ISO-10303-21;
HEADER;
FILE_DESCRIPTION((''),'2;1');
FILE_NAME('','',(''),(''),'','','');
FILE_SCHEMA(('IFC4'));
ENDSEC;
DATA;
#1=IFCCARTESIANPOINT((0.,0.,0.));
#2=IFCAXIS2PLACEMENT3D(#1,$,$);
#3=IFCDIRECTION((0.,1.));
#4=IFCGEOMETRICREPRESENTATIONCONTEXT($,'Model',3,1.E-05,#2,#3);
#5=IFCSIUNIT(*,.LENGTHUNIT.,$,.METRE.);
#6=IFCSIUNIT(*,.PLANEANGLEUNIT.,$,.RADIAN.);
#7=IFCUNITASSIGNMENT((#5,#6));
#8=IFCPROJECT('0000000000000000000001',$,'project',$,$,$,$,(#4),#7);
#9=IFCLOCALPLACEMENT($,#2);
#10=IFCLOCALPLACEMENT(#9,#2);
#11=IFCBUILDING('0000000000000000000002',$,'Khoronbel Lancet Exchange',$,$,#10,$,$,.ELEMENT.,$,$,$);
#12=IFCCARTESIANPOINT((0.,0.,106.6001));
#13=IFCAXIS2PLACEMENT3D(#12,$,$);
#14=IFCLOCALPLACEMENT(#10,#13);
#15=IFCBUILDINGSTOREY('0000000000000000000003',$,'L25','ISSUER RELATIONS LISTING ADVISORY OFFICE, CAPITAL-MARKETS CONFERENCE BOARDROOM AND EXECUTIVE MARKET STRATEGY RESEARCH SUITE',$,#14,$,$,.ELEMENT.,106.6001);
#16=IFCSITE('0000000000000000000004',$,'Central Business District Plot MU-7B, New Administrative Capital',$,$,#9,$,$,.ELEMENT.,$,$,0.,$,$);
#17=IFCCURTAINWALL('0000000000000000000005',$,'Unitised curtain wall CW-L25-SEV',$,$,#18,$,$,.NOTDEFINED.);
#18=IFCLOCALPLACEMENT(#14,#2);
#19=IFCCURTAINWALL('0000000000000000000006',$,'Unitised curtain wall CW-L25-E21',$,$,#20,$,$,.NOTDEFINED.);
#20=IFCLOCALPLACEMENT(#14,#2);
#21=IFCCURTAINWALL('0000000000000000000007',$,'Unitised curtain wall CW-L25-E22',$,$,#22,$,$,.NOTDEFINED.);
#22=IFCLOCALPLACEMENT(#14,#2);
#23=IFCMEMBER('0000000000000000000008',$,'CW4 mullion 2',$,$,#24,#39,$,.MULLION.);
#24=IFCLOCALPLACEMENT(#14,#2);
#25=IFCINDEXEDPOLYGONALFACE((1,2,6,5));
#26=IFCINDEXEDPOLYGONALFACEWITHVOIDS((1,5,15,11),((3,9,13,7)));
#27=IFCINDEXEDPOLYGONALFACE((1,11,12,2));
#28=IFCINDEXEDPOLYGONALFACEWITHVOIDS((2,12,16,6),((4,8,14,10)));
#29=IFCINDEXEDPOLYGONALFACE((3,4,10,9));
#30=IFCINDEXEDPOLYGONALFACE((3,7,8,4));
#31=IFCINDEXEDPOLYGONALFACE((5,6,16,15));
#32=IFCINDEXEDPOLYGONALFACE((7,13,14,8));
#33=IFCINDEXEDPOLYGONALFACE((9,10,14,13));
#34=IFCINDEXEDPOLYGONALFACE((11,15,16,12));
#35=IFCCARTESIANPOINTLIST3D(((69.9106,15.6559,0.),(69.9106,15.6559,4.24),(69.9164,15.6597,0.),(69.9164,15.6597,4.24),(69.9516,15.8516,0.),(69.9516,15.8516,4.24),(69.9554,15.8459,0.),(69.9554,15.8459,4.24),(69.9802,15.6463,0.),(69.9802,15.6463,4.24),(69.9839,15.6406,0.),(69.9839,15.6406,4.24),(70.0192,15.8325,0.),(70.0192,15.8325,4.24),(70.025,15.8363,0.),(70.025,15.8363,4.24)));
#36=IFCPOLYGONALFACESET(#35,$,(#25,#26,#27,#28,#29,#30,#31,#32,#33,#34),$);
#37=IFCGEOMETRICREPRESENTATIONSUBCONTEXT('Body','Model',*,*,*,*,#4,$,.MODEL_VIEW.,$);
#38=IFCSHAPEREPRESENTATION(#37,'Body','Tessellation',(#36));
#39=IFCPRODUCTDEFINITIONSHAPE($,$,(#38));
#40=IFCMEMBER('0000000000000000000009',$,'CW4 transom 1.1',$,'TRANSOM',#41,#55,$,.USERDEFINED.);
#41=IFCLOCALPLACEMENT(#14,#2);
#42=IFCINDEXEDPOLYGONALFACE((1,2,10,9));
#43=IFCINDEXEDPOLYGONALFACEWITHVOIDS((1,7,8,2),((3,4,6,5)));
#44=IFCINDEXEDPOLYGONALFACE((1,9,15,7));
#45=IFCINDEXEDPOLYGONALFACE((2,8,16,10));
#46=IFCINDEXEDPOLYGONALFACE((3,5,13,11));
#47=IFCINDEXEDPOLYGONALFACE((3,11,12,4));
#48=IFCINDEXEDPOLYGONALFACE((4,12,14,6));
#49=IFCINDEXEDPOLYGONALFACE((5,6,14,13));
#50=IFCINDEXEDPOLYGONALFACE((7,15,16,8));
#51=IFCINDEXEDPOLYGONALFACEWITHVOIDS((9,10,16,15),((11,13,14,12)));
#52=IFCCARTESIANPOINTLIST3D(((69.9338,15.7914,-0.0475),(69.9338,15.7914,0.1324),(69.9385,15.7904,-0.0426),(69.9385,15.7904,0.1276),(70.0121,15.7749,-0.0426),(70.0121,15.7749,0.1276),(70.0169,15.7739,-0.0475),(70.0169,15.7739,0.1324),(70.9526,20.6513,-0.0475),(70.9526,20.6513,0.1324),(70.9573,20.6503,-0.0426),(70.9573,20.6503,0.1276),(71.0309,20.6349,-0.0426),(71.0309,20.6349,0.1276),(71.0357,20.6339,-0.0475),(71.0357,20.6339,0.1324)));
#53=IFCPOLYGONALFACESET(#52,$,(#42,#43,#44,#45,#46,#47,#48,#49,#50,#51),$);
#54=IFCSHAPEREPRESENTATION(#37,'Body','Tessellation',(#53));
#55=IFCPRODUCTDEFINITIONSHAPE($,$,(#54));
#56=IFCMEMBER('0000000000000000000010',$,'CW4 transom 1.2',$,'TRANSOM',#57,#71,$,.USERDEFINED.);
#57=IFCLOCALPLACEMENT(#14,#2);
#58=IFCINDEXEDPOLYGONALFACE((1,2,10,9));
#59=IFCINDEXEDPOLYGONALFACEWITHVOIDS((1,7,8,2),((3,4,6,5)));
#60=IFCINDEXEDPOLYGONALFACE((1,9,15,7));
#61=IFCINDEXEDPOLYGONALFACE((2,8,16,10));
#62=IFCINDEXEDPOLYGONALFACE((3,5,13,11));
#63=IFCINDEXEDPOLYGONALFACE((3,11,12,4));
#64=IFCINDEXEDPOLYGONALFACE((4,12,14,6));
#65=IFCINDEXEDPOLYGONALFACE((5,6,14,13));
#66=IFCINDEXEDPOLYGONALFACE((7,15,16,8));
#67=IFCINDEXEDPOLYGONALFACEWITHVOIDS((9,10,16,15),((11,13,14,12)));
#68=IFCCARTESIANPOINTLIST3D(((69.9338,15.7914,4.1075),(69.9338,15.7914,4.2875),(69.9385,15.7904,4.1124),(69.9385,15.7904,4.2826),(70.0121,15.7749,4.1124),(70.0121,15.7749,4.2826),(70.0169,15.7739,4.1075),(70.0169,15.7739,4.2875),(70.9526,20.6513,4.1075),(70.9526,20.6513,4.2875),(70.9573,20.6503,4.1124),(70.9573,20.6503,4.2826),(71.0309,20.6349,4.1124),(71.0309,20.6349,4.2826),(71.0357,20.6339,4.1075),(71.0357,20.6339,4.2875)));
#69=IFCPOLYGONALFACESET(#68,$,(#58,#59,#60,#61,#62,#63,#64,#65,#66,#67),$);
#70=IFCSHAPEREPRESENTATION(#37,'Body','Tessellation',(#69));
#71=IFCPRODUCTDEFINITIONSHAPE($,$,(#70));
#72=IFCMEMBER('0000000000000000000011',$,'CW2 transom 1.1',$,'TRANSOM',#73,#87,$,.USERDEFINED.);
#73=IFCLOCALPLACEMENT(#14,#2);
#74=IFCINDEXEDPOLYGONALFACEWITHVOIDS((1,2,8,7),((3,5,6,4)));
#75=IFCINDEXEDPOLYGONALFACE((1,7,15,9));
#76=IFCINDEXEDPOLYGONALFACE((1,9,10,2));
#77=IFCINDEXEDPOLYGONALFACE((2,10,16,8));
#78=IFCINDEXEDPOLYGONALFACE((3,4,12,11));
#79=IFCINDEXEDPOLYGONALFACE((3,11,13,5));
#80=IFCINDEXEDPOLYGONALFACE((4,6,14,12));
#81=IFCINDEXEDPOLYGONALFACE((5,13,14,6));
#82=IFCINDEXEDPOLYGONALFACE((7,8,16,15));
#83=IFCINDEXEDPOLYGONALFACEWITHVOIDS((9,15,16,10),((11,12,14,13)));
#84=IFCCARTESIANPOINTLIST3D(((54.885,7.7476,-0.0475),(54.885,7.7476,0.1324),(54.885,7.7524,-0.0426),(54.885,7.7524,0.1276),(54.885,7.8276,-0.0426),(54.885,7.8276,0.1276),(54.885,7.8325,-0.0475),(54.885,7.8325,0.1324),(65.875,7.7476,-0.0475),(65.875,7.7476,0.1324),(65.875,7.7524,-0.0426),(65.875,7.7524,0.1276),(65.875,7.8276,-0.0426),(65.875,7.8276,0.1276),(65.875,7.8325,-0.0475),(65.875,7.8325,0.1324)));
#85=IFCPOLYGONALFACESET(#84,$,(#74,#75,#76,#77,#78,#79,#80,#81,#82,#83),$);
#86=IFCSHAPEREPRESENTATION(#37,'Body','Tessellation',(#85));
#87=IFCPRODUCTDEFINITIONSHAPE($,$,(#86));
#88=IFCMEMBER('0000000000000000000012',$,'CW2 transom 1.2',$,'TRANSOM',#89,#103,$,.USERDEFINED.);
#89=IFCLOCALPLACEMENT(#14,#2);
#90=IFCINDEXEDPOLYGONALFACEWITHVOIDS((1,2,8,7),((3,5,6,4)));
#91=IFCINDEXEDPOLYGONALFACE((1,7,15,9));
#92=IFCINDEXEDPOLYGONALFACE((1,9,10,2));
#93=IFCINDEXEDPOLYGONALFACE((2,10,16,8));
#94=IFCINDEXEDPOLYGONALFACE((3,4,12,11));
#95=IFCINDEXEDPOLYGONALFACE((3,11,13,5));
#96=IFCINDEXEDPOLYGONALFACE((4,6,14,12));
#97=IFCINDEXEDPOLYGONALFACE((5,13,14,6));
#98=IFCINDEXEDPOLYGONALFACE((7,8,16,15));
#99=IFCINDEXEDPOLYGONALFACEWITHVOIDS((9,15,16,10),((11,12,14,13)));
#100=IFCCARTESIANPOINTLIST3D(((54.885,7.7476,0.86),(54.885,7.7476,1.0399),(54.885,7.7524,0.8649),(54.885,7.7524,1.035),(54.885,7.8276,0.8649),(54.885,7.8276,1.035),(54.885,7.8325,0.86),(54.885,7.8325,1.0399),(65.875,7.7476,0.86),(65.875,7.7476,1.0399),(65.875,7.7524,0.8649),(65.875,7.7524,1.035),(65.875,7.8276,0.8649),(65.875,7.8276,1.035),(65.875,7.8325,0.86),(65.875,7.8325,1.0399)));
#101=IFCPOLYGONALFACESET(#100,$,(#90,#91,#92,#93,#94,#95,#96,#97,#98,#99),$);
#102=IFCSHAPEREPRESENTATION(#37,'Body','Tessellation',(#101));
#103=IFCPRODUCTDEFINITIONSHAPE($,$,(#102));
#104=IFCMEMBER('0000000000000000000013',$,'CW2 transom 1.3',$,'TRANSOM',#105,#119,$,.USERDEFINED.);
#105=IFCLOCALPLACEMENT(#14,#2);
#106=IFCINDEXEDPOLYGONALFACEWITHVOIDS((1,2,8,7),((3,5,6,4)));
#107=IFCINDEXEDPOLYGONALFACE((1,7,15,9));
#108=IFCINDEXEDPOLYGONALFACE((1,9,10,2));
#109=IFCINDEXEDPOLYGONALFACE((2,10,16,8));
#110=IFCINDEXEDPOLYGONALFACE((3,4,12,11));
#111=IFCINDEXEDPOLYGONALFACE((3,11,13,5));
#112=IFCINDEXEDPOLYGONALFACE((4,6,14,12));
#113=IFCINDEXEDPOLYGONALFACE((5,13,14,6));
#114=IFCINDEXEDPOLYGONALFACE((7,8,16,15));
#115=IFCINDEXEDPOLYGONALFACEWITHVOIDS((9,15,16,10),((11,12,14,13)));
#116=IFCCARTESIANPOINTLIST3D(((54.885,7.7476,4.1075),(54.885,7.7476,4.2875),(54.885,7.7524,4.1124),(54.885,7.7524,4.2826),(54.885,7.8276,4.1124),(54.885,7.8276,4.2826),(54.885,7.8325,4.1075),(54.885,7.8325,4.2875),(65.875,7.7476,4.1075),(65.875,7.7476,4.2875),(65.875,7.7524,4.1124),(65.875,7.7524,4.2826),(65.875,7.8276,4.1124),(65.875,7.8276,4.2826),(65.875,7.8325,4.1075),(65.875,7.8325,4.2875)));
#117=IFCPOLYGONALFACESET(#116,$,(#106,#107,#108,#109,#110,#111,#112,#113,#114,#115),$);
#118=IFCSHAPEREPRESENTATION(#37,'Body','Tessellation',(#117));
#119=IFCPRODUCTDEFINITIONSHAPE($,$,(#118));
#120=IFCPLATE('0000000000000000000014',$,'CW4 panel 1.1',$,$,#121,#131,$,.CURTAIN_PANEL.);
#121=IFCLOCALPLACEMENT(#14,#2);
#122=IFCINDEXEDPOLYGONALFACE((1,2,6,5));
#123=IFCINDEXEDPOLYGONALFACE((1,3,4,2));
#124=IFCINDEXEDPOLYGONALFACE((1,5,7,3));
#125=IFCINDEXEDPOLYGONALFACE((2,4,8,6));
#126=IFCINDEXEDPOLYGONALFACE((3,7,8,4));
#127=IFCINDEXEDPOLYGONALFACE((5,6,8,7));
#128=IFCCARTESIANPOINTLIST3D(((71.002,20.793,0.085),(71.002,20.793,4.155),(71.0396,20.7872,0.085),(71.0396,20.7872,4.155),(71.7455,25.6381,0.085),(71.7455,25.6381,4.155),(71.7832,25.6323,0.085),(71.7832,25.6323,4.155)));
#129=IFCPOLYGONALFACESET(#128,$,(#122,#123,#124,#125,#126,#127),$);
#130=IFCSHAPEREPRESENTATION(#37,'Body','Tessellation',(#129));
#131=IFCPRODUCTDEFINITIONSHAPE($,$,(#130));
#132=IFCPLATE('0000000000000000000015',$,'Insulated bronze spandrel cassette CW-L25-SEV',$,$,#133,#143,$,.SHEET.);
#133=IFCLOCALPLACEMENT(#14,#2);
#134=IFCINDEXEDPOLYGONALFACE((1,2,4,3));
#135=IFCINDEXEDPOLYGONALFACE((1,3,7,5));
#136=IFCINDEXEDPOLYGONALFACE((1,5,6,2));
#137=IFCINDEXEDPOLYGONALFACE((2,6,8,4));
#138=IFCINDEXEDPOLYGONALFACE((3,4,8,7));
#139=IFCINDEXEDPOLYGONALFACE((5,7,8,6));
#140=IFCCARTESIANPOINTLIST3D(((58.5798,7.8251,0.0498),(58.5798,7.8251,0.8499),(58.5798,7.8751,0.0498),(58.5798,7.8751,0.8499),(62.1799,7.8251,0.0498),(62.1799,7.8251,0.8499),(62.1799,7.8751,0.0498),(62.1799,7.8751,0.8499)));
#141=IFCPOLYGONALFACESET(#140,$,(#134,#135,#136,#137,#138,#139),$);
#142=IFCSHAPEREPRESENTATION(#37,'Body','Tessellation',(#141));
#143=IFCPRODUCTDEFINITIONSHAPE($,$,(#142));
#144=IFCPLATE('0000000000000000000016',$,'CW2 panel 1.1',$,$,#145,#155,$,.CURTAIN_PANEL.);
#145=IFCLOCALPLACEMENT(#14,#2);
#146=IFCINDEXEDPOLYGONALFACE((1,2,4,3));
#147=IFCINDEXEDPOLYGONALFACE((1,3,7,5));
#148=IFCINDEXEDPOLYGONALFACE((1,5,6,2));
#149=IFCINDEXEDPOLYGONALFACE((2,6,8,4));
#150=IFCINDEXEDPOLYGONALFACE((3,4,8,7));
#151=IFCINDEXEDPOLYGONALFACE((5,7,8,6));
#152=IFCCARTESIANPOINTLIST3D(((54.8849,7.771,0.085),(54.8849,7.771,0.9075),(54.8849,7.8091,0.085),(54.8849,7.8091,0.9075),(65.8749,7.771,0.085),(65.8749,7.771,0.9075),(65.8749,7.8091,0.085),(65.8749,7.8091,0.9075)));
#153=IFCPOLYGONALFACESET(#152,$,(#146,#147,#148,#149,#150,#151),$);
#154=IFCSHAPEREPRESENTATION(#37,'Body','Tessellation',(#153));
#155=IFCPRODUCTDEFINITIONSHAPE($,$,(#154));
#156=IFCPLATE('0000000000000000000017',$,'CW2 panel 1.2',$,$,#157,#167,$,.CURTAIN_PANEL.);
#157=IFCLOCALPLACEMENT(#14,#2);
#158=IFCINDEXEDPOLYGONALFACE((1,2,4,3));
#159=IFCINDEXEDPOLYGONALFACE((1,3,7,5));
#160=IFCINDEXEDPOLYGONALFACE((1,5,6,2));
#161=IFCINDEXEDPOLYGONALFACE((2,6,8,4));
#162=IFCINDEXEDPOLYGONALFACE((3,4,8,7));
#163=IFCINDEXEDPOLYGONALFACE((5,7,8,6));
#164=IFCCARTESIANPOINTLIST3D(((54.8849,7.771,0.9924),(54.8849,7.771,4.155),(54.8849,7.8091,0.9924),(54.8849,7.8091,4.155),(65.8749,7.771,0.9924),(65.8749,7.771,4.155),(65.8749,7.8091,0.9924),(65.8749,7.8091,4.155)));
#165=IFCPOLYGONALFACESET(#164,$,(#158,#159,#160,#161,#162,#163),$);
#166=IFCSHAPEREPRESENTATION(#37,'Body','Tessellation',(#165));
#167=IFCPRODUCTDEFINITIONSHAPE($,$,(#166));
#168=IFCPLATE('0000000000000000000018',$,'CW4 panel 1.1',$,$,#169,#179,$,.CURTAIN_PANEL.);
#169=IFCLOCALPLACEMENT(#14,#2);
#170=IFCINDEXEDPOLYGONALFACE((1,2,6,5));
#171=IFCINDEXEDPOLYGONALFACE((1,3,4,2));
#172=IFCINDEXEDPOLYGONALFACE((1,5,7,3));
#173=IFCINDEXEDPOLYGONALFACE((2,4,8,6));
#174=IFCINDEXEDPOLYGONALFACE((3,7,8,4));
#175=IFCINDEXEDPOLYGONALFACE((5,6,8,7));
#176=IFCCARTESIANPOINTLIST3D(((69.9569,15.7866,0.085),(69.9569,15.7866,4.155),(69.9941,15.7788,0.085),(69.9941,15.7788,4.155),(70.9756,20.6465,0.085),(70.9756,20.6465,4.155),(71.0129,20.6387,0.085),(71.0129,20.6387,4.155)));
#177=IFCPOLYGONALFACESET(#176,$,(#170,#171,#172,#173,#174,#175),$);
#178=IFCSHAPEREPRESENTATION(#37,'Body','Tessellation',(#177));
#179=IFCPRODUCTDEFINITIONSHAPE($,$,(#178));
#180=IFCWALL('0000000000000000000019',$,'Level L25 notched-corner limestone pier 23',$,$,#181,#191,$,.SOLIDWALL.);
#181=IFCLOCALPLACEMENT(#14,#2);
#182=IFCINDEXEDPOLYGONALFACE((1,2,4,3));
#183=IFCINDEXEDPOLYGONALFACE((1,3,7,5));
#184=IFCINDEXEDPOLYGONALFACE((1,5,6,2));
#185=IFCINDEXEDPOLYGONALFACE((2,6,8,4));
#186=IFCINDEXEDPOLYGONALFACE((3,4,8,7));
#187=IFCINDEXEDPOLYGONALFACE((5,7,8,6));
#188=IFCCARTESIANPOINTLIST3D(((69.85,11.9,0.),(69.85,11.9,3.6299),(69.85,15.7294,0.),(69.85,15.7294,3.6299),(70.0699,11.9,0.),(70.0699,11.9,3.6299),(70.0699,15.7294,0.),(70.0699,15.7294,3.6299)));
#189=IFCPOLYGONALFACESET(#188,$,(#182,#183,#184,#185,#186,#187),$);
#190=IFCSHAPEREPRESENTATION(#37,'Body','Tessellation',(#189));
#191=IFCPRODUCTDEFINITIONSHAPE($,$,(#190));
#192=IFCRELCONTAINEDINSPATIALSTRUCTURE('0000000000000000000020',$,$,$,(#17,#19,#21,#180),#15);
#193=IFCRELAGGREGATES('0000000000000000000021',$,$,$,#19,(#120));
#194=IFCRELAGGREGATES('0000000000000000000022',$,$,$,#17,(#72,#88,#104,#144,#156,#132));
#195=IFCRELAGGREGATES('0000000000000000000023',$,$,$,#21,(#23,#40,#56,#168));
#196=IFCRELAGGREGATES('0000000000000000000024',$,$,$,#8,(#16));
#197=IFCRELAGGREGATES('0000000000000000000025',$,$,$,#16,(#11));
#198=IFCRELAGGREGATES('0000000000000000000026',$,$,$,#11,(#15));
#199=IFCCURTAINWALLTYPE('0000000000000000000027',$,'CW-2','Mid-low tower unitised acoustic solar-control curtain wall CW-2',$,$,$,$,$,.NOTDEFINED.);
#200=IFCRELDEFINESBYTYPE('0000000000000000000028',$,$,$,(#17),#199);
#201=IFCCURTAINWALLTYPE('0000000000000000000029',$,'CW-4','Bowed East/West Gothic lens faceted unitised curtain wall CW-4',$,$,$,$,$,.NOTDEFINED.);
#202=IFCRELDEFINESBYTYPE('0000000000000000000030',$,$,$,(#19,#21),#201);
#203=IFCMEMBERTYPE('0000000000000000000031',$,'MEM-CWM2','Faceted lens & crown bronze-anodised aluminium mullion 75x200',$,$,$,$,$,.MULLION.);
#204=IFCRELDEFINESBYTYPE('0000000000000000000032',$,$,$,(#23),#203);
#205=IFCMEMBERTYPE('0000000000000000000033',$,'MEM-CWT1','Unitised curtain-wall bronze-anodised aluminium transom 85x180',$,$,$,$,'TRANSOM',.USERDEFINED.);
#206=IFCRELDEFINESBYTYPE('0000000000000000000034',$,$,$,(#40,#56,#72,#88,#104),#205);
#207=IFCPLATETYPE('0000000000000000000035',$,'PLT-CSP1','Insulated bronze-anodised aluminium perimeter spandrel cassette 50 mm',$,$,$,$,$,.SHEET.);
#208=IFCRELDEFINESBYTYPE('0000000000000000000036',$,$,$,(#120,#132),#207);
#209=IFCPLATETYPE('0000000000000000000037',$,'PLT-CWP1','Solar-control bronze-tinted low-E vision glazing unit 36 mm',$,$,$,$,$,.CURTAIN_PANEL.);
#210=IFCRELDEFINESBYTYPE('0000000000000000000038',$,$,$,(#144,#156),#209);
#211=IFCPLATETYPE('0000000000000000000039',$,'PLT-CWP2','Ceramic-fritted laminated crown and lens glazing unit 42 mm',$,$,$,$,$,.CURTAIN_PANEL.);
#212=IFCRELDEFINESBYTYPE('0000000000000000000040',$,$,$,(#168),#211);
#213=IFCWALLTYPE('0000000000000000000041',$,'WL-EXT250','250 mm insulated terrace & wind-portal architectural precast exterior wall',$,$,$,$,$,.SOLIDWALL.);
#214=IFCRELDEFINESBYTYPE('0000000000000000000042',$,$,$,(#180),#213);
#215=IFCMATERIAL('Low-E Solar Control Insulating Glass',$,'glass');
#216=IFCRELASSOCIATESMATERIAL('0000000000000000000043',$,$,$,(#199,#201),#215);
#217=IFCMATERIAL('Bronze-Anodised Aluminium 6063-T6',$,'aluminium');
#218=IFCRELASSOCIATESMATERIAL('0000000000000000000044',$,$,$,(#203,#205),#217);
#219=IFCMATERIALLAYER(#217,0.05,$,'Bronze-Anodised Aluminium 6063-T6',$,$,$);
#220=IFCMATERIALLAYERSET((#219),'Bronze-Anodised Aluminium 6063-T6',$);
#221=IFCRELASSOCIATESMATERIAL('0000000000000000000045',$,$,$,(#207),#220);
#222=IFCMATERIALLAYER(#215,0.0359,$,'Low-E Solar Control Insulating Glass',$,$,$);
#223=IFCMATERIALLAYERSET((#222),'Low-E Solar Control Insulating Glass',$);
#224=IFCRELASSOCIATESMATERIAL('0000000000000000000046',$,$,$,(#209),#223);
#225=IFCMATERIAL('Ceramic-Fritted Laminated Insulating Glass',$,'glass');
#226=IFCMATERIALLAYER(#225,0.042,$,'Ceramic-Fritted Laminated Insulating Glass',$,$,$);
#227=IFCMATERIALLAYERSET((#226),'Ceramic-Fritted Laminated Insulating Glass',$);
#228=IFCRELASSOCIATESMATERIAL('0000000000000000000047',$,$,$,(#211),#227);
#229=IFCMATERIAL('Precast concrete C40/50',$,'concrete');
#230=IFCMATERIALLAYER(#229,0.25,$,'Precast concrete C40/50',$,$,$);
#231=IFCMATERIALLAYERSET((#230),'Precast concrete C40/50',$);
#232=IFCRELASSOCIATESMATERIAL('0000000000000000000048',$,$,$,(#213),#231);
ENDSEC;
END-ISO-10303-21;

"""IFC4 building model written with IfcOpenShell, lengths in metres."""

from ifc_helpers import new_model, si_unit, direction, frame, frame_2d, origin, origin_2d, place, context, subcontext, project, spatial, rectangle, hollow_rectangle, extrude, material, layer, layer_set, material_profile, profile_set, type_object, element, aggregate, save


model = new_model("IFC4")

# Units and contexts
model_context = context("Model", 3, precision=1e-05, world=origin(), true_north=direction((0.0, 1.0)))
body_context = subcontext(model_context, "Body", "Model", "MODEL_VIEW")
ifc_project = project(units=[si_unit("LENGTHUNIT", "METRE"), si_unit("PLANEANGLEUNIT", "RADIAN")], contexts=[model_context])

# Site, building, storey
site_placement = place(None, origin())
site = spatial("IfcSite", under=ifc_project, at=site_placement, Name="Central Business District Plot MU-7B, New Administrative Capital", CompositionType="ELEMENT", RefElevation=0.0)
building_placement = place(site_placement, origin())
building = spatial("IfcBuilding", under=site, at=building_placement, Name="Khoronbel Lancet Exchange", CompositionType="ELEMENT")
storey_placement = place(building_placement, frame((0.0, 0.0, 106.6001)))
storey = spatial("IfcBuildingStorey", under=building, at=storey_placement, Name="L25", Description="ISSUER RELATIONS LISTING ADVISORY OFFICE, CAPITAL-MARKETS CONFERENCE BOARDROOM AND EXECUTIVE MARKET STRATEGY RESEARCH SUITE", CompositionType="ELEMENT", Elevation=106.6001)

# Shared definitions
ifc_material_1 = material(Name="Low-E Solar Control Insulating Glass", Category="glass")
curtain_wall_type_1 = type_object("IfcCurtainWallType", Name="CW-2", Description="Mid-low tower unitised acoustic solar-control curtain wall CW-2", PredefinedType="NOTDEFINED", material=ifc_material_1)
ifc_material_2 = material(Name="Bronze-Anodised Aluminium 6063-T6", Category="aluminium")

# Curtain wall
curtain_wall_1_placement = place(storey_placement, origin())
curtain_wall_1 = element("IfcCurtainWall", 1, at=curtain_wall_1_placement, inside=storey, type_object=curtain_wall_type_1, Name="Unitised curtain wall CW-L25-SEV", PredefinedType="NOTDEFINED")

# Curtain wall
curtain_wall_type_2 = type_object("IfcCurtainWallType", Name="CW-4", Description="Bowed East/West Gothic lens faceted unitised curtain wall CW-4", PredefinedType="NOTDEFINED", material=ifc_material_1)
curtain_wall_2_placement = place(storey_placement, origin())
curtain_wall_2 = element("IfcCurtainWall", 2, at=curtain_wall_2_placement, inside=storey, type_object=curtain_wall_type_2, Name="Unitised curtain wall CW-L25-E21", PredefinedType="NOTDEFINED")
ifc_material_profile_1 = material_profile(ifc_material_2, hollow_rectangle(XDim=0.075, YDim=0.2, WallThickness=0.0049, at=origin_2d()), Name="ALU MULLION 75x200")
ifc_profile_set_1 = profile_set([ifc_material_profile_1], Name="Bronze-Anodised Aluminium 6063-T6")
member_type_1 = type_object("IfcMemberType", Name="MEM-CWM2", Description="Faceted lens & crown bronze-anodised aluminium mullion 75x200", PredefinedType="MULLION", material=ifc_profile_set_1)

# Curtain wall, members
curtain_wall_3_placement = place(storey_placement, origin())
curtain_wall_3 = element("IfcCurtainWall", 3, at=curtain_wall_3_placement, inside=storey, type_object=curtain_wall_type_2, Name="Unitised curtain wall CW-L25-E22", PredefinedType="NOTDEFINED")
member_1_placement = place(storey_placement, frame((69.9678, 15.7461, 0.0), z_axis=(0.0, 0.0, 1.0), x_axis=(0.978729, -0.205156, 0.0)))
member_1 = element("IfcMember", 4, at=member_1_placement, type_object=member_type_1, Name="CW4 mullion 2", PredefinedType="MULLION", context=body_context, shape_type="SweptSolid", body=[
    extrude(hollow_rectangle(XDim=0.075, YDim=0.2, WallThickness=0.0049, at=origin_2d()), origin(), (0.0, 0.0, 1.0), 4.24),
])
ifc_material_profile_2 = material_profile(ifc_material_2, hollow_rectangle(XDim=0.085, YDim=0.1799, WallThickness=0.0049, at=origin_2d()), Name="ALU TRANSOM 85x180")
ifc_profile_set_2 = profile_set([ifc_material_profile_2], Name="Bronze-Anodised Aluminium 6063-T6")
member_type_2 = type_object("IfcMemberType", Name="MEM-CWT1", Description="Unitised curtain-wall bronze-anodised aluminium transom 85x180", ElementType="TRANSOM", PredefinedType="USERDEFINED", material=ifc_profile_set_2)
member_2_placement = place(storey_placement, frame((70.9941, 20.6426, 0.0425), z_axis=(-0.205175, -0.978725, 0.0), x_axis=(0.978725, -0.205175, 0.0)))
member_2 = element("IfcMember", 5, at=member_2_placement, type_object=member_type_2, Name="CW4 transom 1.1", ObjectType="TRANSOM", PredefinedType="USERDEFINED", context=body_context, shape_type="SweptSolid", body=[
    extrude(hollow_rectangle(XDim=0.085, YDim=0.1799, WallThickness=0.0049, at=origin_2d()), origin(), (0.0, 0.0, 1.0), 4.9656),
])
member_3_placement = place(storey_placement, frame((70.9941, 20.6426, 4.1975), z_axis=(-0.205175, -0.978725, 0.0), x_axis=(0.978725, -0.205175, 0.0)))
member_3 = element("IfcMember", 6, at=member_3_placement, type_object=member_type_2, Name="CW4 transom 1.2", ObjectType="TRANSOM", PredefinedType="USERDEFINED", context=body_context, shape_type="SweptSolid", body=[
    extrude(hollow_rectangle(XDim=0.085, YDim=0.1799, WallThickness=0.0049, at=origin_2d()), origin(), (0.0, 0.0, 1.0), 4.9656),
])

# Members
member_4_placement = place(storey_placement, frame((54.885, 7.79, 0.0425), z_axis=(1.0, 0.0, 0.0), x_axis=(0.0, 1.0, 0.0)))
member_4 = element("IfcMember", 7, at=member_4_placement, type_object=member_type_2, Name="CW2 transom 1.1", ObjectType="TRANSOM", PredefinedType="USERDEFINED", context=body_context, shape_type="SweptSolid", body=[
    extrude(hollow_rectangle(XDim=0.085, YDim=0.1799, WallThickness=0.0049, at=origin_2d()), origin(), (0.0, 0.0, 1.0), 10.99),
])
member_5_placement = place(storey_placement, frame((54.885, 7.79, 0.95), z_axis=(1.0, 0.0, 0.0), x_axis=(0.0, 1.0, 0.0)))
member_5 = element("IfcMember", 8, at=member_5_placement, type_object=member_type_2, Name="CW2 transom 1.2", ObjectType="TRANSOM", PredefinedType="USERDEFINED", context=body_context, shape_type="SweptSolid", body=[
    extrude(hollow_rectangle(XDim=0.085, YDim=0.1799, WallThickness=0.0049, at=origin_2d()), origin(), (0.0, 0.0, 1.0), 10.99),
])
member_6_placement = place(storey_placement, frame((54.885, 7.79, 4.1975), z_axis=(1.0, 0.0, 0.0), x_axis=(0.0, 1.0, 0.0)))
member_6 = element("IfcMember", 9, at=member_6_placement, type_object=member_type_2, Name="CW2 transom 1.3", ObjectType="TRANSOM", PredefinedType="USERDEFINED", context=body_context, shape_type="SweptSolid", body=[
    extrude(hollow_rectangle(XDim=0.085, YDim=0.1799, WallThickness=0.0049, at=origin_2d()), origin(), (0.0, 0.0, 1.0), 10.99),
])

# Plates
ifc_layer_1 = layer(ifc_material_2, 0.05, Name="Bronze-Anodised Aluminium 6063-T6")
ifc_layer_set_1 = layer_set([ifc_layer_1], Name="Bronze-Anodised Aluminium 6063-T6")
plate_type_1 = type_object("IfcPlateType", Name="PLT-CSP1", Description="Insulated bronze-anodised aluminium perimeter spandrel cassette 50 mm", PredefinedType="SHEET", material=ifc_layer_set_1)
plate_1_placement = place(storey_placement, frame((71.3926, 23.2126, 0.085), z_axis=(0.0, 0.0, 1.0), x_axis=(-0.15169, -0.988428, 0.0)))
plate_1 = element("IfcPlate", 10, at=plate_1_placement, type_object=plate_type_1, Name="CW4 panel 1.1", PredefinedType="CURTAIN_PANEL", context=body_context, shape_type="SweptSolid", body=[
    extrude(rectangle(XDim=4.9019, YDim=0.0381, at=origin_2d()), origin(), (0.0, 0.0, 1.0), 4.0701),
])
aggregate(curtain_wall_2, [plate_1])
plate_2_placement = place(storey_placement, frame((60.3799, 7.8501, 0.0498), z_axis=(0.0, 0.0, 1.0), x_axis=(1.0, 0.0, 0.0)))
plate_2 = element("IfcPlate", 11, at=plate_2_placement, type_object=plate_type_1, Name="Insulated bronze spandrel cassette CW-L25-SEV", PredefinedType="SHEET", context=body_context, shape_type="SweptSolid", body=[
    extrude(rectangle(XDim=3.6001, YDim=0.05, at=origin_2d()), origin(), (0.0, 0.0, 1.0), 0.8),
])
ifc_layer_2 = layer(ifc_material_1, 0.0359, Name="Low-E Solar Control Insulating Glass")
ifc_layer_set_2 = layer_set([ifc_layer_2], Name="Low-E Solar Control Insulating Glass")
plate_type_2 = type_object("IfcPlateType", Name="PLT-CWP1", Description="Solar-control bronze-tinted low-E vision glazing unit 36 mm", PredefinedType="CURTAIN_PANEL", material=ifc_layer_set_2)
plate_3_placement = place(storey_placement, frame((60.3799, 7.79, 0.085), z_axis=(0.0, 0.0, 1.0), x_axis=(1.0, 0.0, 0.0)))
plate_3 = element("IfcPlate", 12, at=plate_3_placement, type_object=plate_type_2, Name="CW2 panel 1.1", PredefinedType="CURTAIN_PANEL", context=body_context, shape_type="SweptSolid", body=[
    extrude(rectangle(XDim=10.99, YDim=0.0381, at=origin_2d()), origin(), (0.0, 0.0, 1.0), 0.8225),
])
plate_4_placement = place(storey_placement, frame((60.3799, 7.79, 0.9924), z_axis=(0.0, 0.0, 1.0), x_axis=(1.0, 0.0, 0.0)))
plate_4 = element("IfcPlate", 13, at=plate_4_placement, type_object=plate_type_2, Name="CW2 panel 1.2", PredefinedType="CURTAIN_PANEL", context=body_context, shape_type="SweptSolid", body=[
    extrude(rectangle(XDim=10.99, YDim=0.0381, at=origin_2d()), origin(), (0.0, 0.0, 1.0), 3.1626),
])
aggregate(curtain_wall_1, [member_4, member_5, member_6, plate_3, plate_4, plate_2])
ifc_material_3 = material(Name="Ceramic-Fritted Laminated Insulating Glass", Category="glass")
ifc_layer_3 = layer(ifc_material_3, 0.042, Name="Ceramic-Fritted Laminated Insulating Glass")
ifc_layer_set_3 = layer_set([ifc_layer_3], Name="Ceramic-Fritted Laminated Insulating Glass")
plate_type_3 = type_object("IfcPlateType", Name="PLT-CWP2", Description="Ceramic-fritted laminated crown and lens glazing unit 42 mm", PredefinedType="CURTAIN_PANEL", material=ifc_layer_set_3)
plate_5_placement = place(storey_placement, frame((70.4849, 18.2126, 0.085), z_axis=(0.0, 0.0, 1.0), x_axis=(-0.205156, -0.978729, 0.0)))
plate_5 = element("IfcPlate", 14, at=plate_5_placement, type_object=plate_type_3, Name="CW4 panel 1.1", PredefinedType="CURTAIN_PANEL", context=body_context, shape_type="SweptSolid", body=[
    extrude(rectangle(XDim=4.9656, YDim=0.0381, at=origin_2d()), origin(), (0.0, 0.0, 1.0), 4.0701),
])
aggregate(curtain_wall_3, [member_1, member_2, member_3, plate_5])

# Wall
ifc_material_4 = material(Name="Precast concrete C40/50", Category="concrete")
ifc_layer_4 = layer(ifc_material_4, 0.25, Name="Precast concrete C40/50")
ifc_layer_set_4 = layer_set([ifc_layer_4], Name="Precast concrete C40/50")
wall_type_1 = type_object("IfcWallType", Name="WL-EXT250", Description="250 mm insulated terrace & wind-portal architectural precast exterior wall", PredefinedType="SOLIDWALL", material=ifc_layer_set_4)
wall_1_placement = place(storey_placement, frame((69.96, 15.7292, 0.0), z_axis=(0.0, 0.0, 1.0), x_axis=(0.0, -1.0, 0.0)))
element("IfcWall", 15, at=wall_1_placement, inside=storey, type_object=wall_type_1, Name="Level L25 notched-corner limestone pier 23", PredefinedType="SOLIDWALL", context=body_context, shape_type="SweptSolid", body=[
    extrude(rectangle(XDim=3.8293, YDim=0.22, at=frame_2d((1.9146, 0.0))), origin(), (0.0, 0.0, 1.0), 3.6299),
])

save(model, "model.ifc")
